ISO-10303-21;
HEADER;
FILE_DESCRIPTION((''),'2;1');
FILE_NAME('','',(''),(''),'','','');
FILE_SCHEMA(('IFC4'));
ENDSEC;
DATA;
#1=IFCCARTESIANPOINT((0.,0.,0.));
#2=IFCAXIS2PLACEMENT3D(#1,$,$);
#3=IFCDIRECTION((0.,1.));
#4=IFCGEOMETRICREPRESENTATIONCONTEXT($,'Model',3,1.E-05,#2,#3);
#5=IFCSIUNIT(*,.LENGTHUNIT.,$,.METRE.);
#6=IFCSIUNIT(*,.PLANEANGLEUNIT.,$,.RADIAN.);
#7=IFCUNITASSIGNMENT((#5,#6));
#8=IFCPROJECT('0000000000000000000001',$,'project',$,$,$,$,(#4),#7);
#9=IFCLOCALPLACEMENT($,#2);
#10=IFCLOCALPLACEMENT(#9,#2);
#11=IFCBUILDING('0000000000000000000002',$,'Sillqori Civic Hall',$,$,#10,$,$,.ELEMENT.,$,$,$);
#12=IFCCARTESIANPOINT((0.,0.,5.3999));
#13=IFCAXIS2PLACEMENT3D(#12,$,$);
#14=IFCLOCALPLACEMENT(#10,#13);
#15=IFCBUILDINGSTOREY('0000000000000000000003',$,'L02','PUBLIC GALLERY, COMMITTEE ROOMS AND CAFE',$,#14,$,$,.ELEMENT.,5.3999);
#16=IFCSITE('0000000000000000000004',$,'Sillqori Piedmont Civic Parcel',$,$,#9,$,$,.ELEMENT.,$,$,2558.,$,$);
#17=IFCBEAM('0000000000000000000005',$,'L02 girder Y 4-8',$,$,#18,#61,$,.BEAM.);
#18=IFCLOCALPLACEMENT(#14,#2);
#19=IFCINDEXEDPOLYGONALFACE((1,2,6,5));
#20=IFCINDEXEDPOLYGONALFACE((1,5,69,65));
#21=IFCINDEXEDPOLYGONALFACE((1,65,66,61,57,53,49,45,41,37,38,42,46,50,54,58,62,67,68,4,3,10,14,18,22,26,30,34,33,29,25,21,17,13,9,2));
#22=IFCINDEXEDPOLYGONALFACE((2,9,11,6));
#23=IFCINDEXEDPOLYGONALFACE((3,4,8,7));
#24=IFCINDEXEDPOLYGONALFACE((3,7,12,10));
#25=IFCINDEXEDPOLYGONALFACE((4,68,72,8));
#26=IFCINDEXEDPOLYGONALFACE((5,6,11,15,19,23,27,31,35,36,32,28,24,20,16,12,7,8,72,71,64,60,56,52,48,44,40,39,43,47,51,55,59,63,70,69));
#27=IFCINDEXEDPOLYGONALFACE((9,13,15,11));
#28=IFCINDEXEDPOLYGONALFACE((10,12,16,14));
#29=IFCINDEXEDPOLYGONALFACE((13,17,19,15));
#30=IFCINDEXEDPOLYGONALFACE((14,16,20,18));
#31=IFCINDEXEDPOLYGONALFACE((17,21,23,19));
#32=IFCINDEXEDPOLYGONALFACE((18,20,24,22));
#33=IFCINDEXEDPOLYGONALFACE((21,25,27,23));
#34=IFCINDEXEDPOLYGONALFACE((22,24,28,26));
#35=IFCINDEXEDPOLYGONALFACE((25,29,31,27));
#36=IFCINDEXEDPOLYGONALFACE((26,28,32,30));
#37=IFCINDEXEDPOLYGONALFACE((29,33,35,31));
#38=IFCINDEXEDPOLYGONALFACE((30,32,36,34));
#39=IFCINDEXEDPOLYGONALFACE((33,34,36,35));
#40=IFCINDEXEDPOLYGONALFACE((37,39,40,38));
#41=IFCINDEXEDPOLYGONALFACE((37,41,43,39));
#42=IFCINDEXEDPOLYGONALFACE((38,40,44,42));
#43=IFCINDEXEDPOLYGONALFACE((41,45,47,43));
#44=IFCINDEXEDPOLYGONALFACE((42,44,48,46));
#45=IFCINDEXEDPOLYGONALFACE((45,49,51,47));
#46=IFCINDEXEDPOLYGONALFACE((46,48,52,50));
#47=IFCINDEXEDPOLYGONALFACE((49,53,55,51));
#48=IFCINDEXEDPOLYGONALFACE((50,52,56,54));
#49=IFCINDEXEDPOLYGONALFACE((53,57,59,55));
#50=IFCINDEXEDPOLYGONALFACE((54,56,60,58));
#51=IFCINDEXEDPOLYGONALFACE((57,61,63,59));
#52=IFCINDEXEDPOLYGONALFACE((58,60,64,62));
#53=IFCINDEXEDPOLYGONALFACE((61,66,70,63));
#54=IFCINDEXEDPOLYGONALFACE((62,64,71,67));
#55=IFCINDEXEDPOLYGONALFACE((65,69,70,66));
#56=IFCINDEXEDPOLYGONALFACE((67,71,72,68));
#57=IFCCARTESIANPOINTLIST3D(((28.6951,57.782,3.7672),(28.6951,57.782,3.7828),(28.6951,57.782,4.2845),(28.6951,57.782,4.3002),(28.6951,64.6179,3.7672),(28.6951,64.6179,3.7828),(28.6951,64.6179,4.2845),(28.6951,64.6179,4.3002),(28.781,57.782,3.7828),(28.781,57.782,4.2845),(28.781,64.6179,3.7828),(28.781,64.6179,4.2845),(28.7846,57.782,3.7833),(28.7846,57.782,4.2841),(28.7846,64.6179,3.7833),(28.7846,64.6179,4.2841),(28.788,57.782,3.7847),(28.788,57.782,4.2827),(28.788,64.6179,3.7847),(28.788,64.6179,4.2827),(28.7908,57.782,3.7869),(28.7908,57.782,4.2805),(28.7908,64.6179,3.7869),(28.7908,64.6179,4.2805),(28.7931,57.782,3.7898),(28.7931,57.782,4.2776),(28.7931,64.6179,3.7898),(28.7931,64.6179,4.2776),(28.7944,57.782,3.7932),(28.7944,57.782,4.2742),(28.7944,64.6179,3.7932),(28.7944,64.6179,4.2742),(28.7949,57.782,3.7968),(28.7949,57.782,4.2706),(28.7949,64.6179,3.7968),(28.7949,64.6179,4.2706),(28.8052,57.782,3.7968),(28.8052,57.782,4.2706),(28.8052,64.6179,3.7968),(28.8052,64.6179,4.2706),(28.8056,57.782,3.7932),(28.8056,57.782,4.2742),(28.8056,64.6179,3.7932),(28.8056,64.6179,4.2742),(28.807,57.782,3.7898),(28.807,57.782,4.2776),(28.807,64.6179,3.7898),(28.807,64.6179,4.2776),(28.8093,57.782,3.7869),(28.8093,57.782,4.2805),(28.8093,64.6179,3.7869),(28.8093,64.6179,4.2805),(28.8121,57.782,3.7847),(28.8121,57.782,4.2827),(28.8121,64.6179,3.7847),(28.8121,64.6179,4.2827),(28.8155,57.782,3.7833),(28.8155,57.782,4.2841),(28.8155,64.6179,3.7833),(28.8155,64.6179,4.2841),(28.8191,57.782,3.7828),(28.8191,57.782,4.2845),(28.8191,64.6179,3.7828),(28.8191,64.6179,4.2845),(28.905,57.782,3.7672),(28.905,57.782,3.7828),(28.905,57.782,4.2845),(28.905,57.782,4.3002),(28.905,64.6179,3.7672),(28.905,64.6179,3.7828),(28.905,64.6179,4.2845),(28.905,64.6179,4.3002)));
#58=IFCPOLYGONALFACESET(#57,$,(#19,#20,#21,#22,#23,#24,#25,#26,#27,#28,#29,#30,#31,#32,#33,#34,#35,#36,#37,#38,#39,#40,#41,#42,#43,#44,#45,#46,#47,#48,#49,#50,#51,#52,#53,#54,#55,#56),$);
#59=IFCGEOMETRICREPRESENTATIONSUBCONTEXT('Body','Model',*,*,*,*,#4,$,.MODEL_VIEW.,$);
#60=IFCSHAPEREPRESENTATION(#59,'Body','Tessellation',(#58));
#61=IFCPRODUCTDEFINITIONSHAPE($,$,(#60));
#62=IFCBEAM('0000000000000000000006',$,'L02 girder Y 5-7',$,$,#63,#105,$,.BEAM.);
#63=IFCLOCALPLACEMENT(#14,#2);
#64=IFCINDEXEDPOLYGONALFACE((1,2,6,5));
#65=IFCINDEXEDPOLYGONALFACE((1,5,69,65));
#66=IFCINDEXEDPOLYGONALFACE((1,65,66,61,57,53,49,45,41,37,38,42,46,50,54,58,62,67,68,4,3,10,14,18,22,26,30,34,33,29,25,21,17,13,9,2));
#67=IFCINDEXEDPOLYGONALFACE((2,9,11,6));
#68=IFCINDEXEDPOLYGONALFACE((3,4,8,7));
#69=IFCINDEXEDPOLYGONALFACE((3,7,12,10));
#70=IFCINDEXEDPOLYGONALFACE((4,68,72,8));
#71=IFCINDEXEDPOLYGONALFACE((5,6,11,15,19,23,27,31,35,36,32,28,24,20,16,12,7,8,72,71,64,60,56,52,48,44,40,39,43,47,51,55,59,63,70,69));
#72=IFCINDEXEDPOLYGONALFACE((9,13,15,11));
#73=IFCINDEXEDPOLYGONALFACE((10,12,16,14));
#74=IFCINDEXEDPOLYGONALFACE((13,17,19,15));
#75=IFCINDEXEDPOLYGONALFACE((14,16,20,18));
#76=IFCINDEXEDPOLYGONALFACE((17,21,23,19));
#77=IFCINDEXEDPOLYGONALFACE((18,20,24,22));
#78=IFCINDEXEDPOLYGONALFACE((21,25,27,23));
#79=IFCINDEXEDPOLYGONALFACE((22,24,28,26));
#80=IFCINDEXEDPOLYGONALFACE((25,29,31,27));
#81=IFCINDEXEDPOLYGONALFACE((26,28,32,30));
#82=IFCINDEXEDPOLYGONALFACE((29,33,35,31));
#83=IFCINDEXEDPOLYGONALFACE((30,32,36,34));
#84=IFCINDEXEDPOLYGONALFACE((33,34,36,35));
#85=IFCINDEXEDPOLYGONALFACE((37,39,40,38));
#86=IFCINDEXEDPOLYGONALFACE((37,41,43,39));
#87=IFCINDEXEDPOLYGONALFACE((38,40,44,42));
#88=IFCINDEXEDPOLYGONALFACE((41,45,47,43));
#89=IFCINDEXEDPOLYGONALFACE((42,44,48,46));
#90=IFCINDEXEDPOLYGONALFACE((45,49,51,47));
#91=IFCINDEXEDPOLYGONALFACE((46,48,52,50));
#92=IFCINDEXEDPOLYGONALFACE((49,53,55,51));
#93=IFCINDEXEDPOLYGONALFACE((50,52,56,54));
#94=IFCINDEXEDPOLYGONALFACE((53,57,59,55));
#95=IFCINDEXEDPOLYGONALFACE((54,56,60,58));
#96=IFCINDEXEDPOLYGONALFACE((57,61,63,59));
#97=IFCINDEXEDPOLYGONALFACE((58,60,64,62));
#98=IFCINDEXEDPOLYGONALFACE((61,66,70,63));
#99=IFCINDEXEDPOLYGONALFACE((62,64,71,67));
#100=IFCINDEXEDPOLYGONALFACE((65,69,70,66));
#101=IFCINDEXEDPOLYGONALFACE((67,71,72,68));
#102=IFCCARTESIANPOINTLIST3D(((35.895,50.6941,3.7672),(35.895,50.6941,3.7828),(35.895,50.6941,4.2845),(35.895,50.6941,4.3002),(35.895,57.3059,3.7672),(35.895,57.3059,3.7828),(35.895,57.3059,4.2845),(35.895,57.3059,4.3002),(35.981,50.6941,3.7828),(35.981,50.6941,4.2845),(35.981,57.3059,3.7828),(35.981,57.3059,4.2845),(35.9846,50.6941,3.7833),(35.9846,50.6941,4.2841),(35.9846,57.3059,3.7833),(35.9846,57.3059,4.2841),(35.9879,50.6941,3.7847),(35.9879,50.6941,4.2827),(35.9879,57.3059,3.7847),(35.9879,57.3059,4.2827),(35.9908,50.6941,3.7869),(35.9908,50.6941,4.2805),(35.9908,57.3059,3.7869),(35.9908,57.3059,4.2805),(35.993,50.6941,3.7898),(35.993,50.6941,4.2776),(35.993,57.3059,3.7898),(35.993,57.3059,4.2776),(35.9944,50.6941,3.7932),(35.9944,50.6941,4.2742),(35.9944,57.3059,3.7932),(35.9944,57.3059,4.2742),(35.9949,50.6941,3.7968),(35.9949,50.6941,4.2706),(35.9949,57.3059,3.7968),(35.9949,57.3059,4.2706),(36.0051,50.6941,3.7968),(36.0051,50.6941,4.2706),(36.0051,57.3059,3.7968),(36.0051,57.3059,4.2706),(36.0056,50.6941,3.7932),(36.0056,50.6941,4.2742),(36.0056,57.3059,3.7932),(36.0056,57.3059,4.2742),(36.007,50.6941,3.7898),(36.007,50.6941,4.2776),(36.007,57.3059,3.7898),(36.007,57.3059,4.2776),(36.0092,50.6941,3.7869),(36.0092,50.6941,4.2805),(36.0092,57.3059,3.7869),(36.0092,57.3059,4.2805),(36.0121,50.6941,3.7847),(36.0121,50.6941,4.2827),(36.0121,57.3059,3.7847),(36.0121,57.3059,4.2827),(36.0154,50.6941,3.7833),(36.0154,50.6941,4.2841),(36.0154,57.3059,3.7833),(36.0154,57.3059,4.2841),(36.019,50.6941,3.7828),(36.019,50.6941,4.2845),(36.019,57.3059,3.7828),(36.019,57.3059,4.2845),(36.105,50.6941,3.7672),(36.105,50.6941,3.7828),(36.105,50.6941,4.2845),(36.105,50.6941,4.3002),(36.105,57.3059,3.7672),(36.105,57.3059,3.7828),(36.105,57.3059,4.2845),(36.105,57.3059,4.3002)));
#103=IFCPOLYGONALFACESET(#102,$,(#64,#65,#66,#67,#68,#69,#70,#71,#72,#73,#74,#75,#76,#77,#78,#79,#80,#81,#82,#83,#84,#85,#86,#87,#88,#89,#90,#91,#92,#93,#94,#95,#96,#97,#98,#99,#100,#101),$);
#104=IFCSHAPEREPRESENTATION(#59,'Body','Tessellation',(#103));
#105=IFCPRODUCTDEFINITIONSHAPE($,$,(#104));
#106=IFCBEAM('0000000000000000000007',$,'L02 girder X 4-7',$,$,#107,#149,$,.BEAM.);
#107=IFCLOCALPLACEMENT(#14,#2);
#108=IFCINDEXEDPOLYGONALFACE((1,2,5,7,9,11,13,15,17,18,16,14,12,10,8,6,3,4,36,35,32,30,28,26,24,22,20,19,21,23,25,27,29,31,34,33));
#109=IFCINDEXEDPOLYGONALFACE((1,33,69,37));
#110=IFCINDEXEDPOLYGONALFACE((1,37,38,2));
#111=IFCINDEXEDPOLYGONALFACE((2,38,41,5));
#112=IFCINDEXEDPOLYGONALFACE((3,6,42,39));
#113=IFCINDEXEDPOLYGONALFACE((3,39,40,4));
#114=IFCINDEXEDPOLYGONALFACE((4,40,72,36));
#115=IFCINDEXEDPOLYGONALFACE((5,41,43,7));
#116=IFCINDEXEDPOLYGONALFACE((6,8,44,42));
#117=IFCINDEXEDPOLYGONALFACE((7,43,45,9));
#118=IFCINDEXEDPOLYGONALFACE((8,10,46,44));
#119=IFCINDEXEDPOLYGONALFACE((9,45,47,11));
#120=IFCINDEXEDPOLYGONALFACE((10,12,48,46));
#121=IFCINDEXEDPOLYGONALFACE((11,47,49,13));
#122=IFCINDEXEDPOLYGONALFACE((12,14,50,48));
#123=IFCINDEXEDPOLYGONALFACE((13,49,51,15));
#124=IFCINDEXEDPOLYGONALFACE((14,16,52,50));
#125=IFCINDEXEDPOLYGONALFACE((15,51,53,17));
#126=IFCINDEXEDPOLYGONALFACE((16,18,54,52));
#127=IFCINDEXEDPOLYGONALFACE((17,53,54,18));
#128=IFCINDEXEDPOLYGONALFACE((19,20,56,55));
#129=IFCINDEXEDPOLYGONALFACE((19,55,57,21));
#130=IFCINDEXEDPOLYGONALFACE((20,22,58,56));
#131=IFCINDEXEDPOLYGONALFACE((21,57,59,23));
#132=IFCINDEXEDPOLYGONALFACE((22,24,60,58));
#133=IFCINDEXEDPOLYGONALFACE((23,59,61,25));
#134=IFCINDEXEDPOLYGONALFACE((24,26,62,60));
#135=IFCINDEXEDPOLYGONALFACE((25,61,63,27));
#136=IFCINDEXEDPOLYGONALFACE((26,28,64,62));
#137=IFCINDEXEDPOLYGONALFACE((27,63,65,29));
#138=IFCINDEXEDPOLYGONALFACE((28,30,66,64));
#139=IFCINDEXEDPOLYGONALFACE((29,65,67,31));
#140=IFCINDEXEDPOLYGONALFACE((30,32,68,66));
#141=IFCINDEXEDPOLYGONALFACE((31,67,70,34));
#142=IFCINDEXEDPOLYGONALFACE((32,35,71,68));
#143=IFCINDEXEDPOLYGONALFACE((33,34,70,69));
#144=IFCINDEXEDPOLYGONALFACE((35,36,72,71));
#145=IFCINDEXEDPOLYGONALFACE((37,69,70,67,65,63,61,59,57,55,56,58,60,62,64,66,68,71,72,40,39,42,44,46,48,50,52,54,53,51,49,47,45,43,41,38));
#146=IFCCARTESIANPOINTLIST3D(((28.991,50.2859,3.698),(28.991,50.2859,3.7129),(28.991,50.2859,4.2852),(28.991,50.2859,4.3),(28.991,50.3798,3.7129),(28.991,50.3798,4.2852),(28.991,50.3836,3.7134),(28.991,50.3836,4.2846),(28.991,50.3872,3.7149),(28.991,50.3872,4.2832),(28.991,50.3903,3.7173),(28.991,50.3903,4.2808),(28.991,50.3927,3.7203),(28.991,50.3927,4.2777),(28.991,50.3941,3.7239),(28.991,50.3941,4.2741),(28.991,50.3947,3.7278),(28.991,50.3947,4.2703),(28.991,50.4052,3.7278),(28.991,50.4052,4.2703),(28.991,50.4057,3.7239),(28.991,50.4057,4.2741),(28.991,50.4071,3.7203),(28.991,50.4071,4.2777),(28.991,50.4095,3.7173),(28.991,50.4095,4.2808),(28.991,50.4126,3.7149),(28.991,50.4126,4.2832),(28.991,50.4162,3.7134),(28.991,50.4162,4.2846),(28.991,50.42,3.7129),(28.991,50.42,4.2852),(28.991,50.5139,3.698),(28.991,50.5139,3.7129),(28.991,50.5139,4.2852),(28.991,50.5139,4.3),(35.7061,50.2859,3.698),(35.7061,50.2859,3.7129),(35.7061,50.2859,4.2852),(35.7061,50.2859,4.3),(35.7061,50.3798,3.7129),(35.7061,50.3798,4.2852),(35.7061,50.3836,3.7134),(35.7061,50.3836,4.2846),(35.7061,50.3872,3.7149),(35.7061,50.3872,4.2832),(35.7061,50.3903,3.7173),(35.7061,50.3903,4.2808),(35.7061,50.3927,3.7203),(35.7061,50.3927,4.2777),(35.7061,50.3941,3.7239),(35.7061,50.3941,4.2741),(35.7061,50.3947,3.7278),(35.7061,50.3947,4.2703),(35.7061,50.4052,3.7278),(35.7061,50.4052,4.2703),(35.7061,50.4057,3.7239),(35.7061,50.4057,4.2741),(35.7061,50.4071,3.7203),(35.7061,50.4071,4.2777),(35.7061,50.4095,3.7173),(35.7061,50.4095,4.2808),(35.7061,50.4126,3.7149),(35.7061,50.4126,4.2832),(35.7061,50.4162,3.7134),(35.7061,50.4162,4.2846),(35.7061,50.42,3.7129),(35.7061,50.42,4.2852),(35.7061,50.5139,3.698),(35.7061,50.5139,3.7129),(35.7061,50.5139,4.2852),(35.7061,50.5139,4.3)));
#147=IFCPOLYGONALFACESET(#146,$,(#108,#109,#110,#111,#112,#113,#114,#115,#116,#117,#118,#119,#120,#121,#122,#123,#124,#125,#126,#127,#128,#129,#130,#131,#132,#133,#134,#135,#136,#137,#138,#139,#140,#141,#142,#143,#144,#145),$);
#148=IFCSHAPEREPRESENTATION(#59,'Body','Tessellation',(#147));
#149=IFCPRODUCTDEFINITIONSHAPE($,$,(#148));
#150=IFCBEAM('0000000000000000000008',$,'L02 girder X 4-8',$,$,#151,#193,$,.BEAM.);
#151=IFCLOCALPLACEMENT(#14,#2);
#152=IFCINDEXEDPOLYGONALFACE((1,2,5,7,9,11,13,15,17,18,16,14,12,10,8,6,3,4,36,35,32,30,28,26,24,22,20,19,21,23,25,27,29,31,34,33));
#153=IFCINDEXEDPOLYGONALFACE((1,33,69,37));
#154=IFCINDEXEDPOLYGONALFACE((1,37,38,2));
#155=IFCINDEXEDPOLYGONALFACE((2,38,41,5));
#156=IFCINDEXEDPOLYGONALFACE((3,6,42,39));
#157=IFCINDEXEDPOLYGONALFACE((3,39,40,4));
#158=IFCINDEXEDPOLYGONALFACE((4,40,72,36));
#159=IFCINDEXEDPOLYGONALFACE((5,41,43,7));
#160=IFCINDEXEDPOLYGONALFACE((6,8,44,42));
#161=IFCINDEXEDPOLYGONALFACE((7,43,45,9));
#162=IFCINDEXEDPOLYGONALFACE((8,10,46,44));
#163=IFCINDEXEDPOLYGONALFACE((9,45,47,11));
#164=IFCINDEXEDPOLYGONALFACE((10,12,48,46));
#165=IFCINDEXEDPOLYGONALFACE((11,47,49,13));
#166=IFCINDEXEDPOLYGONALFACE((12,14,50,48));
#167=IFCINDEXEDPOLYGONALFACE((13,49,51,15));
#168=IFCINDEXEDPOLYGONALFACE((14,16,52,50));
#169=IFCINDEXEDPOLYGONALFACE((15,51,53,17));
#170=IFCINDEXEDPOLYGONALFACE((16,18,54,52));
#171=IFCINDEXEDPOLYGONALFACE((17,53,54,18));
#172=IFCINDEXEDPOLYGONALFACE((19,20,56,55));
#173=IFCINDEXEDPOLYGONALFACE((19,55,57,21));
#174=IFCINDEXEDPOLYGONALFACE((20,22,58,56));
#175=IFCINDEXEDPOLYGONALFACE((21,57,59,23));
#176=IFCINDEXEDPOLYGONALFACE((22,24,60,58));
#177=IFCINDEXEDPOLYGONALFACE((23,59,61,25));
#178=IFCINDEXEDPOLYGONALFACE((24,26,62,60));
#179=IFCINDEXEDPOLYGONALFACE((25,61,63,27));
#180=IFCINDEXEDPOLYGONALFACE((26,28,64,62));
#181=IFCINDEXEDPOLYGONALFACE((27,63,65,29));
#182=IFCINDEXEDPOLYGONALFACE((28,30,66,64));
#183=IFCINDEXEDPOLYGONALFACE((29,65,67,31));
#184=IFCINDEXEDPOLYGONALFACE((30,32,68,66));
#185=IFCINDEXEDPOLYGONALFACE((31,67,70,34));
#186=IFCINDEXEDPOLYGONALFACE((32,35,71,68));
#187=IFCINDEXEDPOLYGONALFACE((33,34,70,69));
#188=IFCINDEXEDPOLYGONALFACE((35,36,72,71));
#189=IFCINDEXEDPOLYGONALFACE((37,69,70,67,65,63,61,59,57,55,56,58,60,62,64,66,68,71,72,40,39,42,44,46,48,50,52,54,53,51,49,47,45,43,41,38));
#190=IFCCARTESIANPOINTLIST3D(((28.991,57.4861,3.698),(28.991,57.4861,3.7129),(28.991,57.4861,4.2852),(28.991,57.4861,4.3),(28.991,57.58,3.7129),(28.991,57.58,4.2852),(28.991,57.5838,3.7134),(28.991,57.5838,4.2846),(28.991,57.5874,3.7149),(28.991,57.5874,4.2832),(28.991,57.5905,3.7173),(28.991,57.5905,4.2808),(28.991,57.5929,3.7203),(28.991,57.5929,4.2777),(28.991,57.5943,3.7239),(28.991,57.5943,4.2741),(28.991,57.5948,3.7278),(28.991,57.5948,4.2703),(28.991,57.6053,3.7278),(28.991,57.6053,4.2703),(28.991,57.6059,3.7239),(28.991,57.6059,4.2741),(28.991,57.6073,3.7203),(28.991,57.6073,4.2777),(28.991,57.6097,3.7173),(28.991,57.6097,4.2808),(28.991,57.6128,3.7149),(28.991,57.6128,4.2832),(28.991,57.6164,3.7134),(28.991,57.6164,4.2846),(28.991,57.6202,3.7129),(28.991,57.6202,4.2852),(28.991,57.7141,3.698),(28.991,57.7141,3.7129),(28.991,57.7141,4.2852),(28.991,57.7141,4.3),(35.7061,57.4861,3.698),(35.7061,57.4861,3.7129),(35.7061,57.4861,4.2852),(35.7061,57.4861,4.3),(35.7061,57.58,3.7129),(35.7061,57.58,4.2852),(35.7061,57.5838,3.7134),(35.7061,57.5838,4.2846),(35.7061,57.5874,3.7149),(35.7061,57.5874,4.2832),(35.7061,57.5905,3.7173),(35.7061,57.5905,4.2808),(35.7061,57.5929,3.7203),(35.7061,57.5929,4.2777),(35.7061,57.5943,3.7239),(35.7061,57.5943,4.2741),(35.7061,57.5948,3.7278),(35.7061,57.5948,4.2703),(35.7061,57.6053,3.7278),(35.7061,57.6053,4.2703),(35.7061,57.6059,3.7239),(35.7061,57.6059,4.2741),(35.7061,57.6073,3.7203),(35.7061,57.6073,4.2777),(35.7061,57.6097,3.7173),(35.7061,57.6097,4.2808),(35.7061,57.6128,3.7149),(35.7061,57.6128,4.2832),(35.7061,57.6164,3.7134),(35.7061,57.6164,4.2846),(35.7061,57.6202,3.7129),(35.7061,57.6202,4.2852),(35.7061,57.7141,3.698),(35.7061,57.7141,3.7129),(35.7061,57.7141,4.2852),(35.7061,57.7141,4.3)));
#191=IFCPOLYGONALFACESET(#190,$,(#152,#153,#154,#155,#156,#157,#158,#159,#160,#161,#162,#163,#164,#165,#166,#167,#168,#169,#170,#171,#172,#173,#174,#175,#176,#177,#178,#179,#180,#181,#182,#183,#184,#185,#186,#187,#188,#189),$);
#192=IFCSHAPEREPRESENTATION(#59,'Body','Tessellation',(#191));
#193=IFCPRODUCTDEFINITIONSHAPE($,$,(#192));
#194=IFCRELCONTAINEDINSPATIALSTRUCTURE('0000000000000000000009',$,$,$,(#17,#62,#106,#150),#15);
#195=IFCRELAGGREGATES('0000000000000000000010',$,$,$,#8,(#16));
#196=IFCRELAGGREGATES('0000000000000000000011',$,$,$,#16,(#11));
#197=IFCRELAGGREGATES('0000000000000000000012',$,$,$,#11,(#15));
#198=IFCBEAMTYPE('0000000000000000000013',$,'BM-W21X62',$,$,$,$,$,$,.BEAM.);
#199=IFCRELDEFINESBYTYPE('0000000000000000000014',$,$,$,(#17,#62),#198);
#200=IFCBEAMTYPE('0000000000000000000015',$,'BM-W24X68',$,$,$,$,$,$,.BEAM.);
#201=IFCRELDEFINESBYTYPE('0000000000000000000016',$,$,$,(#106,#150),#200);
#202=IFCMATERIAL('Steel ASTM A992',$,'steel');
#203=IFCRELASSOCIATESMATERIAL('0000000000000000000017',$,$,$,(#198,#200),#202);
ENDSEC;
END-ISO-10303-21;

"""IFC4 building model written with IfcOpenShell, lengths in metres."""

from ifc_helpers import new_model, si_unit, direction, frame, origin, origin_2d, place, context, subcontext, project, spatial, i_section, extrude, material, material_profile, profile_set, type_object, element, save


model = new_model("IFC4")

# Units and contexts
model_context = context("Model", 3, precision=1e-05, world=origin(), true_north=direction((0.0, 1.0)))
body_context = subcontext(model_context, "Body", "Model", "MODEL_VIEW")
ifc_project = project(units=[si_unit("LENGTHUNIT", "METRE"), si_unit("PLANEANGLEUNIT", "RADIAN")], contexts=[model_context])

# Site, building, storey
site_placement = place(None, origin())
site = spatial("IfcSite", under=ifc_project, at=site_placement, Name="Sillqori Piedmont Civic Parcel", CompositionType="ELEMENT", RefElevation=2558.0)
building_placement = place(site_placement, origin())
building = spatial("IfcBuilding", under=site, at=building_placement, Name="Sillqori Civic Hall", CompositionType="ELEMENT")
storey_placement = place(building_placement, frame((0.0, 0.0, 5.3999)))
storey = spatial("IfcBuildingStorey", under=building, at=storey_placement, Name="L02", Description="PUBLIC GALLERY, COMMITTEE ROOMS AND CAFE", CompositionType="ELEMENT", Elevation=5.3999)

# Shared definitions
ifc_material_1 = material(Name="Steel ASTM A992", Category="steel")

# Beams
ifc_material_profile_1 = material_profile(ifc_material_1, i_section(OverallWidth=0.21, OverallDepth=0.533, WebThickness=0.0103, FlangeThickness=0.0156, FilletRadius=0.0139, at=origin_2d()), Name="W21X62")
ifc_profile_set_1 = profile_set([ifc_material_profile_1], Name="Steel ASTM A992")
beam_type_1 = type_object("IfcBeamType", Name="BM-W21X62", PredefinedType="BEAM", material=ifc_profile_set_1)
for number, where, z_axis, x_axis, name in (
    (1, (28.8, 57.782, 4.0337), (0.0, 1.0, 0.0), (-1.0, 0.0, 0.0), "L02 girder Y 4-8"),
):
    element("IfcBeam", number, at=place(storey_placement, frame(where, z_axis=z_axis, x_axis=x_axis)), inside=storey, type_object=beam_type_1, Name=name, PredefinedType="BEAM", context=body_context, shape_type="SweptSolid", body=[
        extrude(i_section(OverallWidth=0.21, OverallDepth=0.533, WebThickness=0.0103, FlangeThickness=0.0156, FilletRadius=0.0139, at=origin_2d()), origin(), (0.0, 0.0, 1.0), 6.8359),
    ])
beam_1_placement = place(storey_placement, frame((36.0, 50.6941, 4.0337), z_axis=(0.0, 1.0, 0.0), x_axis=(-1.0, 0.0, 0.0)))
element("IfcBeam", 2, at=beam_1_placement, inside=storey, type_object=beam_type_1, Name="L02 girder Y 5-7", PredefinedType="BEAM", context=body_context, shape_type="SweptSolid", body=[
    extrude(i_section(OverallWidth=0.21, OverallDepth=0.533, WebThickness=0.0103, FlangeThickness=0.0156, FilletRadius=0.0139, at=origin_2d()), origin(), (0.0, 0.0, 1.0), 6.6118),
])
ifc_material_profile_2 = material_profile(ifc_material_1, i_section(OverallWidth=0.228, OverallDepth=0.6021, WebThickness=0.0105, FlangeThickness=0.0149, FilletRadius=0.0149, at=origin_2d()), Name="W24X68")
ifc_profile_set_2 = profile_set([ifc_material_profile_2], Name="Steel ASTM A992")
beam_type_2 = type_object("IfcBeamType", Name="BM-W24X68", PredefinedType="BEAM", material=ifc_profile_set_2)
for number, where, z_axis, x_axis, name in (
    (3, (28.991, 50.3999, 3.999), (1.0, 0.0, 0.0), (0.0, 1.0, 0.0), "L02 girder X 4-7"),
    (4, (28.991, 57.6001, 3.999), (1.0, 0.0, 0.0), (0.0, 1.0, 0.0), "L02 girder X 4-8"),
):
    element("IfcBeam", number, at=place(storey_placement, frame(where, z_axis=z_axis, x_axis=x_axis)), inside=storey, type_object=beam_type_2, Name=name, PredefinedType="BEAM", context=body_context, shape_type="SweptSolid", body=[
        extrude(i_section(OverallWidth=0.228, OverallDepth=0.6021, WebThickness=0.0105, FlangeThickness=0.0149, FilletRadius=0.0149, at=origin_2d()), origin(), (0.0, 0.0, 1.0), 6.7151),
    ])

save(model, "model.ifc")
